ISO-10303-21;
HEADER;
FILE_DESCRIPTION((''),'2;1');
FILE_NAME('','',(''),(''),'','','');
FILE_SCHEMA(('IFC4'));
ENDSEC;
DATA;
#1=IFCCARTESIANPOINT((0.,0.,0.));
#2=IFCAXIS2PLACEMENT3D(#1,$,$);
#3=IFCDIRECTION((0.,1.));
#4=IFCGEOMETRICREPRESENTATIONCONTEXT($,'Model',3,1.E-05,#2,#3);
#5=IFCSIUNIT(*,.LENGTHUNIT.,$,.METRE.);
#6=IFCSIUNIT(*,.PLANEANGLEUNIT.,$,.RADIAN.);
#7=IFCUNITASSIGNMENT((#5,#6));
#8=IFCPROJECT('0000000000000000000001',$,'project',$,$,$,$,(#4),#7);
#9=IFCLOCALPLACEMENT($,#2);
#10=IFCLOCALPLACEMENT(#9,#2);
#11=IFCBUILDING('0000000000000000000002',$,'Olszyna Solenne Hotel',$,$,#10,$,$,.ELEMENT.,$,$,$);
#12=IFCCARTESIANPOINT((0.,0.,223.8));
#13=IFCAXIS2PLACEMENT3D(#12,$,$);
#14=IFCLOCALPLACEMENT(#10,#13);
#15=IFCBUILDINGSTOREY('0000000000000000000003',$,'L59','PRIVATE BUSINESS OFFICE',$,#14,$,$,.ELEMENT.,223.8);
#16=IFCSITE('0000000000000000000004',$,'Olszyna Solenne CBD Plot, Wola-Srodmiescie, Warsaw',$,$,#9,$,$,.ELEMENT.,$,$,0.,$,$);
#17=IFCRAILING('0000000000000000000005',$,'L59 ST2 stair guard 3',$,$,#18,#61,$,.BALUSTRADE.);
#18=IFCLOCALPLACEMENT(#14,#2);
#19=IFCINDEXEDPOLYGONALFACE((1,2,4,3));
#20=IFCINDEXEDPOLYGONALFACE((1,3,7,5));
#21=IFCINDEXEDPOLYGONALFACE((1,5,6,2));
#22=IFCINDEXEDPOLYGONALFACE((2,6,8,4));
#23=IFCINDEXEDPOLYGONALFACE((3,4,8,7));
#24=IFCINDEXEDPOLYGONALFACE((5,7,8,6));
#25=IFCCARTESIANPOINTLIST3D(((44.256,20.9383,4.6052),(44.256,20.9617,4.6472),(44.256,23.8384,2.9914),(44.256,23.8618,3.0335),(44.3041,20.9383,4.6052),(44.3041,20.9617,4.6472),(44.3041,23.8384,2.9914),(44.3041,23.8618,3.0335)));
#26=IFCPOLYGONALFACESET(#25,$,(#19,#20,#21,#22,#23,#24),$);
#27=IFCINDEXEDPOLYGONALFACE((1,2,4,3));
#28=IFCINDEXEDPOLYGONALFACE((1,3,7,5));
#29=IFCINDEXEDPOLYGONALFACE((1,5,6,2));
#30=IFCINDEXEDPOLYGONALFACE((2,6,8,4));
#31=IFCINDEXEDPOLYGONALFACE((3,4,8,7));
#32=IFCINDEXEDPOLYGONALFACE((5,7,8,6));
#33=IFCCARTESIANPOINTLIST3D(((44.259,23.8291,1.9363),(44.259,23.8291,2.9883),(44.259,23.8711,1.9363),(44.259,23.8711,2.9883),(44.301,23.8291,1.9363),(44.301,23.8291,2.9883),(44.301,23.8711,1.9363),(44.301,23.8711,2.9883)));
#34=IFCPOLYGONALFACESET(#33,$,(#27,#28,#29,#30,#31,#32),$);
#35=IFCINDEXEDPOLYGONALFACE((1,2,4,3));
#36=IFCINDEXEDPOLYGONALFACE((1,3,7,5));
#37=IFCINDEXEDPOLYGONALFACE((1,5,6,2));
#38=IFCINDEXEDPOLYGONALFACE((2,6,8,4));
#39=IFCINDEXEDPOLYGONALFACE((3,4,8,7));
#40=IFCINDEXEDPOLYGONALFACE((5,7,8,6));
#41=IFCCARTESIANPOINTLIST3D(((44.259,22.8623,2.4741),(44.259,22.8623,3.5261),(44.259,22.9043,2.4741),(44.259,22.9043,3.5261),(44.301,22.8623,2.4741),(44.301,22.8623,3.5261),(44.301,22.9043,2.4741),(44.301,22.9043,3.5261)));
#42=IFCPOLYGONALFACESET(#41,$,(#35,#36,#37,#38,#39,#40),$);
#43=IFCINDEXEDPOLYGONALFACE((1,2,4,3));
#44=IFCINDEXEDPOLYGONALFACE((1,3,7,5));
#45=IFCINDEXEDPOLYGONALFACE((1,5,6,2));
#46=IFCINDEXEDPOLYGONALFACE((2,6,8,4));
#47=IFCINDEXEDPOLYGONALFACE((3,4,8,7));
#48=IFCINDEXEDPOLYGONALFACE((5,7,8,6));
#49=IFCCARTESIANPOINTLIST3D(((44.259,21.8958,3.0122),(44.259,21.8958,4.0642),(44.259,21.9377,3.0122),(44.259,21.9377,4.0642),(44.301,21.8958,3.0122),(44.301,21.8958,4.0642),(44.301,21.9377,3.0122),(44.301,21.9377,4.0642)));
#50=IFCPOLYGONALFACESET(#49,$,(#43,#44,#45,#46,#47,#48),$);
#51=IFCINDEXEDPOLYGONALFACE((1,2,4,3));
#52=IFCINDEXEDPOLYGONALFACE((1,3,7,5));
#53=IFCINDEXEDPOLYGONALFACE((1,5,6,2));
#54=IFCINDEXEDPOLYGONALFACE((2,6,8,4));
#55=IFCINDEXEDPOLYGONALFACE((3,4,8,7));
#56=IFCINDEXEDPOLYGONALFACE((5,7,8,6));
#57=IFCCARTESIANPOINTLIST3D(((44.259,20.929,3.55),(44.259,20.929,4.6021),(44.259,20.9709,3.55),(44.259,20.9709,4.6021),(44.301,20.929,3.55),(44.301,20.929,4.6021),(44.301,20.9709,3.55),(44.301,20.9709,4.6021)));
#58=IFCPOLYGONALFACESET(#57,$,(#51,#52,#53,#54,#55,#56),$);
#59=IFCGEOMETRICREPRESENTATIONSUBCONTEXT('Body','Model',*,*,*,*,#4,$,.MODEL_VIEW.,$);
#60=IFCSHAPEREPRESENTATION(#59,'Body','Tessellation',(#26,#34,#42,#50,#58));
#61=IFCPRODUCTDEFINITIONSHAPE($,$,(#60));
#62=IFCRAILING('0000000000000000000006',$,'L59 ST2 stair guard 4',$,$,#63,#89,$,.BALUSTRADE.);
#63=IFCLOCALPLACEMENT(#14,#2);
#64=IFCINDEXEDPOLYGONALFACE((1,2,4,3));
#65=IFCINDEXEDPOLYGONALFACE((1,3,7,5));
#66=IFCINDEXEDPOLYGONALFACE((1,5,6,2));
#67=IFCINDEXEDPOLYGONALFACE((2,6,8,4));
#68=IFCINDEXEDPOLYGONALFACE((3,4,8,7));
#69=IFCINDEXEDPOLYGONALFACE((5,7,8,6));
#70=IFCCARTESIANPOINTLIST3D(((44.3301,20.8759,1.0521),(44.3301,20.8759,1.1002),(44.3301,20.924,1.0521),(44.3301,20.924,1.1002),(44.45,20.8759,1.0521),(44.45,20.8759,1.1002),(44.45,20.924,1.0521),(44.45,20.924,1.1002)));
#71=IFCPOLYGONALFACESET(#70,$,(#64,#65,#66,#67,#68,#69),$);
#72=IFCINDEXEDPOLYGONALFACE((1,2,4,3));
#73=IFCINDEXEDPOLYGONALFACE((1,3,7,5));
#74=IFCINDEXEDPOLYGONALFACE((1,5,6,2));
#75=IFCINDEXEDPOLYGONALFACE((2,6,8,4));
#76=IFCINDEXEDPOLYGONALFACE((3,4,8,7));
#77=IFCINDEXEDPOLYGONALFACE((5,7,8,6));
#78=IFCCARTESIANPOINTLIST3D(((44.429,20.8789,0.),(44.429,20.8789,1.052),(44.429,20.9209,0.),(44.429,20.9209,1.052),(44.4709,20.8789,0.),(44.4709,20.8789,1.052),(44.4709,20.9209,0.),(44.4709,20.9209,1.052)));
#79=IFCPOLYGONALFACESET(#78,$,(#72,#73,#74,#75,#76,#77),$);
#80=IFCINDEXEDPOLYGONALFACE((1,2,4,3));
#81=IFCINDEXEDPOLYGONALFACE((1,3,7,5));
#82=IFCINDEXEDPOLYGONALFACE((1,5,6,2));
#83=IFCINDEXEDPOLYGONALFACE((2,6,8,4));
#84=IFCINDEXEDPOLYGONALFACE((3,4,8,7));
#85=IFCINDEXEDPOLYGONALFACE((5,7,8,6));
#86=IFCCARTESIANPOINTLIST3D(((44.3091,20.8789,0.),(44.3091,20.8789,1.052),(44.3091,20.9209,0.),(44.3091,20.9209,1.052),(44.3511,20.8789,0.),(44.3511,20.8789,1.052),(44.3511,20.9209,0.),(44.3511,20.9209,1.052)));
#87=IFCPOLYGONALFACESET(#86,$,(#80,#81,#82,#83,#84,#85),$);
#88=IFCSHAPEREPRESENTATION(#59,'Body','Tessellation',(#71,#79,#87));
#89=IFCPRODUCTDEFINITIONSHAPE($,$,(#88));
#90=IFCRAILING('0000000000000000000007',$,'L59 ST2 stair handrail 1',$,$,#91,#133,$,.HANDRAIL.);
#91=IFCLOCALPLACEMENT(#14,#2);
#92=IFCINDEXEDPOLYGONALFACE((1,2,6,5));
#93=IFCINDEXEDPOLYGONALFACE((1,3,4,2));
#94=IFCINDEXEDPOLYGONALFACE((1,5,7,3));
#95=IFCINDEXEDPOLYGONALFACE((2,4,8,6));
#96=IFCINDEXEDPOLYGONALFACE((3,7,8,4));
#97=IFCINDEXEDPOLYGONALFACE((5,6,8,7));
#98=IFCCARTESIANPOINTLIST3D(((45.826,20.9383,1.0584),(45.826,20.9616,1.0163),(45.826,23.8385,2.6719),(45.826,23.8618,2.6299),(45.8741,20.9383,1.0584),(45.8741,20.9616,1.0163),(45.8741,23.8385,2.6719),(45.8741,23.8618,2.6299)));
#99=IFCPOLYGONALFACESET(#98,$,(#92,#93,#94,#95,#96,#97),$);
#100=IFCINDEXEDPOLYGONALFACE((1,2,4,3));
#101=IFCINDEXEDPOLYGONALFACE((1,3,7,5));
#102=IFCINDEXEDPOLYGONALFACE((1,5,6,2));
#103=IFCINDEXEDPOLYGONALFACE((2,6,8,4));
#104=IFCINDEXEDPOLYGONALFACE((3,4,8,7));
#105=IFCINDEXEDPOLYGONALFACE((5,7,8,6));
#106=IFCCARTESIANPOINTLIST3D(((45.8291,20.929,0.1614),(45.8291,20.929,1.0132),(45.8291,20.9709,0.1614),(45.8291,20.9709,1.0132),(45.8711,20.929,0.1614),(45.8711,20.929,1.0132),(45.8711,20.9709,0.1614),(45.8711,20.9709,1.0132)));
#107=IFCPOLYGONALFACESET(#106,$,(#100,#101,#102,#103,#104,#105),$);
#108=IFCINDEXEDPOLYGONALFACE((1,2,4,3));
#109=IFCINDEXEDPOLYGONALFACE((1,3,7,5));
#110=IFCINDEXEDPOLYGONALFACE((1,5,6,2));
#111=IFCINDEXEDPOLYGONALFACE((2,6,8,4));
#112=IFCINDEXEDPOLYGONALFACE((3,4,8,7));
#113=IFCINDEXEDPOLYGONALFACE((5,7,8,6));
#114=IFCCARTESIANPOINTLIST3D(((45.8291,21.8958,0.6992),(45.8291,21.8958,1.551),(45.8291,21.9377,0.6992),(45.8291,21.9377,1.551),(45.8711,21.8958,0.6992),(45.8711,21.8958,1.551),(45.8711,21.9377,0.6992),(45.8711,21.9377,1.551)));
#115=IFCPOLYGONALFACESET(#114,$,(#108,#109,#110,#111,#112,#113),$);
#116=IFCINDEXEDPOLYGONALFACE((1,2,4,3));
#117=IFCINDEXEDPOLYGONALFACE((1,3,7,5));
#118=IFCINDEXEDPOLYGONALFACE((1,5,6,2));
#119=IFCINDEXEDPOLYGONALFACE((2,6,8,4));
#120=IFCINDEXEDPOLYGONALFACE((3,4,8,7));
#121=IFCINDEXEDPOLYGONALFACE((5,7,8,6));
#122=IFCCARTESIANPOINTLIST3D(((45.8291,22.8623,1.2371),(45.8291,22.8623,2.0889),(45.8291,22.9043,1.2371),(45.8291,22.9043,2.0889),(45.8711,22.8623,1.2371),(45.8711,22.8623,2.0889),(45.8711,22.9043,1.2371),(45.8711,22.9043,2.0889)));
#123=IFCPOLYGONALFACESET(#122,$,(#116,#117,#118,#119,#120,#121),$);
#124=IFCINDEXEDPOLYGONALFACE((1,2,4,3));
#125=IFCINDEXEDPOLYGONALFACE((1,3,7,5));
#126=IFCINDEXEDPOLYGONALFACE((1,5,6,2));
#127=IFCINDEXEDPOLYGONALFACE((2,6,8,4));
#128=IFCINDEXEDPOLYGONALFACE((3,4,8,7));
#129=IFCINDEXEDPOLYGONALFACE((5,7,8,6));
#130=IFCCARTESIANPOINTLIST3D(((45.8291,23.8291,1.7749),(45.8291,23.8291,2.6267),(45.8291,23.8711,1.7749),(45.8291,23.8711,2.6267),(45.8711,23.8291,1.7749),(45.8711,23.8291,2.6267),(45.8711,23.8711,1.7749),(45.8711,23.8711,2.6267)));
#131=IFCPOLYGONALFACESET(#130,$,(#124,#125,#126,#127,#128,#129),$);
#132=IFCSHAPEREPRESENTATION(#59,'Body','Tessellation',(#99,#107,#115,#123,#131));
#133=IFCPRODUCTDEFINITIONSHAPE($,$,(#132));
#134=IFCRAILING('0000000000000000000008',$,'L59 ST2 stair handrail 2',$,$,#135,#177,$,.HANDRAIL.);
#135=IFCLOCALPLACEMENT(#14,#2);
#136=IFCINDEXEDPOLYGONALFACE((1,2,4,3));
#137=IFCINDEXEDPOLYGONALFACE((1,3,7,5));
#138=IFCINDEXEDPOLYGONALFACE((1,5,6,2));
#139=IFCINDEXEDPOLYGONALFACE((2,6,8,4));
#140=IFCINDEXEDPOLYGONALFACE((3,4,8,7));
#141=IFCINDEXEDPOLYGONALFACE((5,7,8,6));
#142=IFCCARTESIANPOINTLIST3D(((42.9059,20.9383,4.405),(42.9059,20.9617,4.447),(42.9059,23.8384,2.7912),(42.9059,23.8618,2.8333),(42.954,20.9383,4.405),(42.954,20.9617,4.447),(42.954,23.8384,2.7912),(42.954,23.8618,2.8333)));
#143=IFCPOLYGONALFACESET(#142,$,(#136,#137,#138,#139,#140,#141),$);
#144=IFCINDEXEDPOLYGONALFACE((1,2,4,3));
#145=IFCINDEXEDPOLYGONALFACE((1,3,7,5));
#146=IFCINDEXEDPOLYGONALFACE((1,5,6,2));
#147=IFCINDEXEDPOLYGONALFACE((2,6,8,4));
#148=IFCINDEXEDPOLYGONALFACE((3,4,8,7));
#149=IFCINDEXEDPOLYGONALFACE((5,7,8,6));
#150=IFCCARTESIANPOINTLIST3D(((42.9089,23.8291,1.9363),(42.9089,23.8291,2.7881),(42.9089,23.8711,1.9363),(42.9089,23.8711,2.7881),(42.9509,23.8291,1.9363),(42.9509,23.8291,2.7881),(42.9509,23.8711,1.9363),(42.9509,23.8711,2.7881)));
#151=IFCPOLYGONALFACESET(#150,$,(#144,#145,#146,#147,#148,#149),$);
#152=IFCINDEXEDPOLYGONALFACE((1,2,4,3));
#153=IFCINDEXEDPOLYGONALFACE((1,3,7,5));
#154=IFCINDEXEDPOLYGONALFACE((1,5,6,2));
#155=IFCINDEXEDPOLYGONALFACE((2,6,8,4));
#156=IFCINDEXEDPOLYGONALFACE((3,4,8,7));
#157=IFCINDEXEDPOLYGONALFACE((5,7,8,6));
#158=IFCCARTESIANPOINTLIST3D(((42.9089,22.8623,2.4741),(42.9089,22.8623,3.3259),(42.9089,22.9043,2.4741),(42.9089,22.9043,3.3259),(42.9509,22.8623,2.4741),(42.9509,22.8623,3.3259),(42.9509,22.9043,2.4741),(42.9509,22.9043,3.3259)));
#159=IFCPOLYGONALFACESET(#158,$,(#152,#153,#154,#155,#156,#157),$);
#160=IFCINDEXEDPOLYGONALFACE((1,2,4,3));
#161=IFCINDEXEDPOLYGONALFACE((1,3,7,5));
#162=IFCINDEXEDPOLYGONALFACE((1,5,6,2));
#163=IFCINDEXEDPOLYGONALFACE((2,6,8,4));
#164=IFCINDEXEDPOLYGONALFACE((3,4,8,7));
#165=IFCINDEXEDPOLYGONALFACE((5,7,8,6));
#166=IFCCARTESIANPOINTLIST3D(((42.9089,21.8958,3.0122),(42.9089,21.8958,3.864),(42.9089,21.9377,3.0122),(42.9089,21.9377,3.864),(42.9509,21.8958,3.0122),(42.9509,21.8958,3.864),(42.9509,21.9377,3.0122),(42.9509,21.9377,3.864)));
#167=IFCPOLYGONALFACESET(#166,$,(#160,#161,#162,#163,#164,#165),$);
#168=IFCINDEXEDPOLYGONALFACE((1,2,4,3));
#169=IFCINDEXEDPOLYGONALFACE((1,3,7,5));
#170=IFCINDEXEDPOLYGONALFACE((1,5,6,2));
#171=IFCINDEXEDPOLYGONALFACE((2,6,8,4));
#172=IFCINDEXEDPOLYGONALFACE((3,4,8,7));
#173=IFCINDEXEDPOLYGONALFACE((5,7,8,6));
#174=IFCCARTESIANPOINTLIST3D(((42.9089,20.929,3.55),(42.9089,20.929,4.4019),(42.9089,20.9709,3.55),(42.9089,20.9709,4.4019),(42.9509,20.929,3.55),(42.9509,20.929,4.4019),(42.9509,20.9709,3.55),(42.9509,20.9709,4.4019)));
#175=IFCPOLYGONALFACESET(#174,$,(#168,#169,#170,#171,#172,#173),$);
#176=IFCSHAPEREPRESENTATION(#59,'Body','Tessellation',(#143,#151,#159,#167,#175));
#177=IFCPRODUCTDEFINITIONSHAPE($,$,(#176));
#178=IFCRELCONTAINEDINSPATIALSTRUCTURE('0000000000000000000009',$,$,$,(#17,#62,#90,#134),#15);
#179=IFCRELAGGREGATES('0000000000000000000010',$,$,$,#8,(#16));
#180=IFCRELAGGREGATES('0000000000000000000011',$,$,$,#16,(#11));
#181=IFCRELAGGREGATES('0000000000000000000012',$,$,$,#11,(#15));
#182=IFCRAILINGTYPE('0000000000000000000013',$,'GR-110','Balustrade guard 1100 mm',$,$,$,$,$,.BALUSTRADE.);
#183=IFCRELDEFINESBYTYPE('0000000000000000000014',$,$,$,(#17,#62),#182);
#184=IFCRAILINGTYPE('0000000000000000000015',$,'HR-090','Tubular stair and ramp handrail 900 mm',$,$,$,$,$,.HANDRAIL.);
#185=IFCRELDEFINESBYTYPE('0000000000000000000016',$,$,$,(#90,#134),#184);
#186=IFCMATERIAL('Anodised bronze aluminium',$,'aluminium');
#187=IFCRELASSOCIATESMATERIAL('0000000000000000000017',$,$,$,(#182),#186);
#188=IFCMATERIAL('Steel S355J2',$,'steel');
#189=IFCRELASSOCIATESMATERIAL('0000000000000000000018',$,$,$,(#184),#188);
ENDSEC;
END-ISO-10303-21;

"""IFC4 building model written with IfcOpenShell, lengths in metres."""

from ifc_helpers import new_model, si_unit, direction, frame, origin, origin_2d, place, context, subcontext, project, spatial, rectangle, extrude, material, type_object, element, save


model = new_model("IFC4")

# Units and contexts
model_context = context("Model", 3, precision=1e-05, world=origin(), true_north=direction((0.0, 1.0)))
body_context = subcontext(model_context, "Body", "Model", "MODEL_VIEW")
ifc_project = project(units=[si_unit("LENGTHUNIT", "METRE"), si_unit("PLANEANGLEUNIT", "RADIAN")], contexts=[model_context])

# Site, building, storey
site_placement = place(None, origin())
site = spatial("IfcSite", under=ifc_project, at=site_placement, Name="Olszyna Solenne CBD Plot, Wola-Srodmiescie, Warsaw", CompositionType="ELEMENT", RefElevation=0.0)
building_placement = place(site_placement, origin())
building = spatial("IfcBuilding", under=site, at=building_placement, Name="Olszyna Solenne Hotel", CompositionType="ELEMENT")
storey_placement = place(building_placement, frame((0.0, 0.0, 223.8)))
storey = spatial("IfcBuildingStorey", under=building, at=storey_placement, Name="L59", Description="PRIVATE BUSINESS OFFICE", CompositionType="ELEMENT", Elevation=223.8)

# Shared definitions
ifc_material_1 = material(Name="Steel S355J2", Category="steel")

# Shared definitions
ifc_material_2 = material(Name="Anodised bronze aluminium", Category="aluminium")

# Railings
railing_type_1 = type_object("IfcRailingType", Name="GR-110", Description="Balustrade guard 1100 mm", PredefinedType="BALUSTRADE", material=ifc_material_2)
railing_1_placement = place(storey_placement, frame((44.28, 23.8501, 1.9363)))
element("IfcRailing", 1, at=railing_1_placement, inside=storey, type_object=railing_type_1, Name="L59 ST2 stair guard 3", PredefinedType="BALUSTRADE", context=body_context, shape_type="SweptSolid", body=[
    extrude(rectangle(XDim=0.0481, YDim=0.0481, at=origin_2d()), frame((0.0, 0.0, 1.0762), z_axis=(0.0, -0.873827, 0.486236), x_axis=(1.0, 0.0, 0.0)), (0.0, 0.0, 1.0), 3.3188),
    extrude(rectangle(XDim=0.042, YDim=0.042, at=origin_2d()), origin(), (0.0, 0.0, 1.0), 1.052),
    extrude(rectangle(XDim=0.042, YDim=0.042, at=origin_2d()), frame((0.0, -0.9668, 0.5378)), (0.0, 0.0, 1.0), 1.052),
    extrude(rectangle(XDim=0.042, YDim=0.042, at=origin_2d()), frame((0.0, -1.9333, 1.0759)), (0.0, 0.0, 1.0), 1.052),
    extrude(rectangle(XDim=0.042, YDim=0.042, at=origin_2d()), frame((0.0, -2.9001, 1.6138)), (0.0, 0.0, 1.0), 1.052),
])
railing_2_placement = place(storey_placement, frame((44.45, 20.8999, 0.0)))
element("IfcRailing", 2, at=railing_2_placement, inside=storey, type_object=railing_type_1, Name="L59 ST2 stair guard 4", PredefinedType="BALUSTRADE", context=body_context, shape_type="SweptSolid", body=[
    extrude(rectangle(XDim=0.0481, YDim=0.0481, at=origin_2d()), frame((0.0, 0.0, 1.0762), z_axis=(-1.0, 0.0, 0.0), x_axis=(0.0, -1.0, 0.0)), (0.0, 0.0, 1.0), 0.1199),
    extrude(rectangle(XDim=0.042, YDim=0.042, at=origin_2d()), origin(), (0.0, 0.0, 1.0), 1.052),
    extrude(rectangle(XDim=0.042, YDim=0.042, at=origin_2d()), frame((-0.1199, 0.0, 0.0)), (0.0, 0.0, 1.0), 1.052),
])
railing_type_2 = type_object("IfcRailingType", Name="HR-090", Description="Tubular stair and ramp handrail 900 mm", PredefinedType="HANDRAIL", material=ifc_material_1)
railing_3_placement = place(storey_placement, frame((45.8501, 20.95, 0.1614)))
element("IfcRailing", 3, at=railing_3_placement, inside=storey, type_object=railing_type_2, Name="L59 ST2 stair handrail 1", PredefinedType="HANDRAIL", context=body_context, shape_type="SweptSolid", body=[
    extrude(rectangle(XDim=0.0481, YDim=0.0481, at=origin_2d()), frame((0.0, 0.0, 0.876), z_axis=(0.0, 0.873859, 0.48618), x_axis=(-1.0, 0.0, 0.0)), (0.0, 0.0, 1.0), 3.3188),
    extrude(rectangle(XDim=0.042, YDim=0.042, at=origin_2d()), origin(), (0.0, 0.0, 1.0), 0.8518),
    extrude(rectangle(XDim=0.042, YDim=0.042, at=origin_2d()), frame((0.0, 0.9668, 0.5378)), (0.0, 0.0, 1.0), 0.8518),
    extrude(rectangle(XDim=0.042, YDim=0.042, at=origin_2d()), frame((0.0, 1.9333, 1.0757)), (0.0, 0.0, 1.0), 0.8518),
    extrude(rectangle(XDim=0.042, YDim=0.042, at=origin_2d()), frame((0.0, 2.9001, 1.6135)), (0.0, 0.0, 1.0), 0.8518),
])
railing_4_placement = place(storey_placement, frame((42.9299, 23.8501, 1.9363)))
element("IfcRailing", 4, at=railing_4_placement, inside=storey, type_object=railing_type_2, Name="L59 ST2 stair handrail 2", PredefinedType="HANDRAIL", context=body_context, shape_type="SweptSolid", body=[
    extrude(rectangle(XDim=0.0481, YDim=0.0481, at=origin_2d()), frame((0.0, 0.0, 0.876), z_axis=(0.0, -0.873827, 0.486236), x_axis=(1.0, 0.0, 0.0)), (0.0, 0.0, 1.0), 3.3188),
    extrude(rectangle(XDim=0.042, YDim=0.042, at=origin_2d()), origin(), (0.0, 0.0, 1.0), 0.8518),
    extrude(rectangle(XDim=0.042, YDim=0.042, at=origin_2d()), frame((0.0, -0.9668, 0.5378)), (0.0, 0.0, 1.0), 0.8518),
    extrude(rectangle(XDim=0.042, YDim=0.042, at=origin_2d()), frame((0.0, -1.9333, 1.0759)), (0.0, 0.0, 1.0), 0.8518),
    extrude(rectangle(XDim=0.042, YDim=0.042, at=origin_2d()), frame((0.0, -2.9001, 1.6138)), (0.0, 0.0, 1.0), 0.8518),
])

save(model, "model.ifc")
